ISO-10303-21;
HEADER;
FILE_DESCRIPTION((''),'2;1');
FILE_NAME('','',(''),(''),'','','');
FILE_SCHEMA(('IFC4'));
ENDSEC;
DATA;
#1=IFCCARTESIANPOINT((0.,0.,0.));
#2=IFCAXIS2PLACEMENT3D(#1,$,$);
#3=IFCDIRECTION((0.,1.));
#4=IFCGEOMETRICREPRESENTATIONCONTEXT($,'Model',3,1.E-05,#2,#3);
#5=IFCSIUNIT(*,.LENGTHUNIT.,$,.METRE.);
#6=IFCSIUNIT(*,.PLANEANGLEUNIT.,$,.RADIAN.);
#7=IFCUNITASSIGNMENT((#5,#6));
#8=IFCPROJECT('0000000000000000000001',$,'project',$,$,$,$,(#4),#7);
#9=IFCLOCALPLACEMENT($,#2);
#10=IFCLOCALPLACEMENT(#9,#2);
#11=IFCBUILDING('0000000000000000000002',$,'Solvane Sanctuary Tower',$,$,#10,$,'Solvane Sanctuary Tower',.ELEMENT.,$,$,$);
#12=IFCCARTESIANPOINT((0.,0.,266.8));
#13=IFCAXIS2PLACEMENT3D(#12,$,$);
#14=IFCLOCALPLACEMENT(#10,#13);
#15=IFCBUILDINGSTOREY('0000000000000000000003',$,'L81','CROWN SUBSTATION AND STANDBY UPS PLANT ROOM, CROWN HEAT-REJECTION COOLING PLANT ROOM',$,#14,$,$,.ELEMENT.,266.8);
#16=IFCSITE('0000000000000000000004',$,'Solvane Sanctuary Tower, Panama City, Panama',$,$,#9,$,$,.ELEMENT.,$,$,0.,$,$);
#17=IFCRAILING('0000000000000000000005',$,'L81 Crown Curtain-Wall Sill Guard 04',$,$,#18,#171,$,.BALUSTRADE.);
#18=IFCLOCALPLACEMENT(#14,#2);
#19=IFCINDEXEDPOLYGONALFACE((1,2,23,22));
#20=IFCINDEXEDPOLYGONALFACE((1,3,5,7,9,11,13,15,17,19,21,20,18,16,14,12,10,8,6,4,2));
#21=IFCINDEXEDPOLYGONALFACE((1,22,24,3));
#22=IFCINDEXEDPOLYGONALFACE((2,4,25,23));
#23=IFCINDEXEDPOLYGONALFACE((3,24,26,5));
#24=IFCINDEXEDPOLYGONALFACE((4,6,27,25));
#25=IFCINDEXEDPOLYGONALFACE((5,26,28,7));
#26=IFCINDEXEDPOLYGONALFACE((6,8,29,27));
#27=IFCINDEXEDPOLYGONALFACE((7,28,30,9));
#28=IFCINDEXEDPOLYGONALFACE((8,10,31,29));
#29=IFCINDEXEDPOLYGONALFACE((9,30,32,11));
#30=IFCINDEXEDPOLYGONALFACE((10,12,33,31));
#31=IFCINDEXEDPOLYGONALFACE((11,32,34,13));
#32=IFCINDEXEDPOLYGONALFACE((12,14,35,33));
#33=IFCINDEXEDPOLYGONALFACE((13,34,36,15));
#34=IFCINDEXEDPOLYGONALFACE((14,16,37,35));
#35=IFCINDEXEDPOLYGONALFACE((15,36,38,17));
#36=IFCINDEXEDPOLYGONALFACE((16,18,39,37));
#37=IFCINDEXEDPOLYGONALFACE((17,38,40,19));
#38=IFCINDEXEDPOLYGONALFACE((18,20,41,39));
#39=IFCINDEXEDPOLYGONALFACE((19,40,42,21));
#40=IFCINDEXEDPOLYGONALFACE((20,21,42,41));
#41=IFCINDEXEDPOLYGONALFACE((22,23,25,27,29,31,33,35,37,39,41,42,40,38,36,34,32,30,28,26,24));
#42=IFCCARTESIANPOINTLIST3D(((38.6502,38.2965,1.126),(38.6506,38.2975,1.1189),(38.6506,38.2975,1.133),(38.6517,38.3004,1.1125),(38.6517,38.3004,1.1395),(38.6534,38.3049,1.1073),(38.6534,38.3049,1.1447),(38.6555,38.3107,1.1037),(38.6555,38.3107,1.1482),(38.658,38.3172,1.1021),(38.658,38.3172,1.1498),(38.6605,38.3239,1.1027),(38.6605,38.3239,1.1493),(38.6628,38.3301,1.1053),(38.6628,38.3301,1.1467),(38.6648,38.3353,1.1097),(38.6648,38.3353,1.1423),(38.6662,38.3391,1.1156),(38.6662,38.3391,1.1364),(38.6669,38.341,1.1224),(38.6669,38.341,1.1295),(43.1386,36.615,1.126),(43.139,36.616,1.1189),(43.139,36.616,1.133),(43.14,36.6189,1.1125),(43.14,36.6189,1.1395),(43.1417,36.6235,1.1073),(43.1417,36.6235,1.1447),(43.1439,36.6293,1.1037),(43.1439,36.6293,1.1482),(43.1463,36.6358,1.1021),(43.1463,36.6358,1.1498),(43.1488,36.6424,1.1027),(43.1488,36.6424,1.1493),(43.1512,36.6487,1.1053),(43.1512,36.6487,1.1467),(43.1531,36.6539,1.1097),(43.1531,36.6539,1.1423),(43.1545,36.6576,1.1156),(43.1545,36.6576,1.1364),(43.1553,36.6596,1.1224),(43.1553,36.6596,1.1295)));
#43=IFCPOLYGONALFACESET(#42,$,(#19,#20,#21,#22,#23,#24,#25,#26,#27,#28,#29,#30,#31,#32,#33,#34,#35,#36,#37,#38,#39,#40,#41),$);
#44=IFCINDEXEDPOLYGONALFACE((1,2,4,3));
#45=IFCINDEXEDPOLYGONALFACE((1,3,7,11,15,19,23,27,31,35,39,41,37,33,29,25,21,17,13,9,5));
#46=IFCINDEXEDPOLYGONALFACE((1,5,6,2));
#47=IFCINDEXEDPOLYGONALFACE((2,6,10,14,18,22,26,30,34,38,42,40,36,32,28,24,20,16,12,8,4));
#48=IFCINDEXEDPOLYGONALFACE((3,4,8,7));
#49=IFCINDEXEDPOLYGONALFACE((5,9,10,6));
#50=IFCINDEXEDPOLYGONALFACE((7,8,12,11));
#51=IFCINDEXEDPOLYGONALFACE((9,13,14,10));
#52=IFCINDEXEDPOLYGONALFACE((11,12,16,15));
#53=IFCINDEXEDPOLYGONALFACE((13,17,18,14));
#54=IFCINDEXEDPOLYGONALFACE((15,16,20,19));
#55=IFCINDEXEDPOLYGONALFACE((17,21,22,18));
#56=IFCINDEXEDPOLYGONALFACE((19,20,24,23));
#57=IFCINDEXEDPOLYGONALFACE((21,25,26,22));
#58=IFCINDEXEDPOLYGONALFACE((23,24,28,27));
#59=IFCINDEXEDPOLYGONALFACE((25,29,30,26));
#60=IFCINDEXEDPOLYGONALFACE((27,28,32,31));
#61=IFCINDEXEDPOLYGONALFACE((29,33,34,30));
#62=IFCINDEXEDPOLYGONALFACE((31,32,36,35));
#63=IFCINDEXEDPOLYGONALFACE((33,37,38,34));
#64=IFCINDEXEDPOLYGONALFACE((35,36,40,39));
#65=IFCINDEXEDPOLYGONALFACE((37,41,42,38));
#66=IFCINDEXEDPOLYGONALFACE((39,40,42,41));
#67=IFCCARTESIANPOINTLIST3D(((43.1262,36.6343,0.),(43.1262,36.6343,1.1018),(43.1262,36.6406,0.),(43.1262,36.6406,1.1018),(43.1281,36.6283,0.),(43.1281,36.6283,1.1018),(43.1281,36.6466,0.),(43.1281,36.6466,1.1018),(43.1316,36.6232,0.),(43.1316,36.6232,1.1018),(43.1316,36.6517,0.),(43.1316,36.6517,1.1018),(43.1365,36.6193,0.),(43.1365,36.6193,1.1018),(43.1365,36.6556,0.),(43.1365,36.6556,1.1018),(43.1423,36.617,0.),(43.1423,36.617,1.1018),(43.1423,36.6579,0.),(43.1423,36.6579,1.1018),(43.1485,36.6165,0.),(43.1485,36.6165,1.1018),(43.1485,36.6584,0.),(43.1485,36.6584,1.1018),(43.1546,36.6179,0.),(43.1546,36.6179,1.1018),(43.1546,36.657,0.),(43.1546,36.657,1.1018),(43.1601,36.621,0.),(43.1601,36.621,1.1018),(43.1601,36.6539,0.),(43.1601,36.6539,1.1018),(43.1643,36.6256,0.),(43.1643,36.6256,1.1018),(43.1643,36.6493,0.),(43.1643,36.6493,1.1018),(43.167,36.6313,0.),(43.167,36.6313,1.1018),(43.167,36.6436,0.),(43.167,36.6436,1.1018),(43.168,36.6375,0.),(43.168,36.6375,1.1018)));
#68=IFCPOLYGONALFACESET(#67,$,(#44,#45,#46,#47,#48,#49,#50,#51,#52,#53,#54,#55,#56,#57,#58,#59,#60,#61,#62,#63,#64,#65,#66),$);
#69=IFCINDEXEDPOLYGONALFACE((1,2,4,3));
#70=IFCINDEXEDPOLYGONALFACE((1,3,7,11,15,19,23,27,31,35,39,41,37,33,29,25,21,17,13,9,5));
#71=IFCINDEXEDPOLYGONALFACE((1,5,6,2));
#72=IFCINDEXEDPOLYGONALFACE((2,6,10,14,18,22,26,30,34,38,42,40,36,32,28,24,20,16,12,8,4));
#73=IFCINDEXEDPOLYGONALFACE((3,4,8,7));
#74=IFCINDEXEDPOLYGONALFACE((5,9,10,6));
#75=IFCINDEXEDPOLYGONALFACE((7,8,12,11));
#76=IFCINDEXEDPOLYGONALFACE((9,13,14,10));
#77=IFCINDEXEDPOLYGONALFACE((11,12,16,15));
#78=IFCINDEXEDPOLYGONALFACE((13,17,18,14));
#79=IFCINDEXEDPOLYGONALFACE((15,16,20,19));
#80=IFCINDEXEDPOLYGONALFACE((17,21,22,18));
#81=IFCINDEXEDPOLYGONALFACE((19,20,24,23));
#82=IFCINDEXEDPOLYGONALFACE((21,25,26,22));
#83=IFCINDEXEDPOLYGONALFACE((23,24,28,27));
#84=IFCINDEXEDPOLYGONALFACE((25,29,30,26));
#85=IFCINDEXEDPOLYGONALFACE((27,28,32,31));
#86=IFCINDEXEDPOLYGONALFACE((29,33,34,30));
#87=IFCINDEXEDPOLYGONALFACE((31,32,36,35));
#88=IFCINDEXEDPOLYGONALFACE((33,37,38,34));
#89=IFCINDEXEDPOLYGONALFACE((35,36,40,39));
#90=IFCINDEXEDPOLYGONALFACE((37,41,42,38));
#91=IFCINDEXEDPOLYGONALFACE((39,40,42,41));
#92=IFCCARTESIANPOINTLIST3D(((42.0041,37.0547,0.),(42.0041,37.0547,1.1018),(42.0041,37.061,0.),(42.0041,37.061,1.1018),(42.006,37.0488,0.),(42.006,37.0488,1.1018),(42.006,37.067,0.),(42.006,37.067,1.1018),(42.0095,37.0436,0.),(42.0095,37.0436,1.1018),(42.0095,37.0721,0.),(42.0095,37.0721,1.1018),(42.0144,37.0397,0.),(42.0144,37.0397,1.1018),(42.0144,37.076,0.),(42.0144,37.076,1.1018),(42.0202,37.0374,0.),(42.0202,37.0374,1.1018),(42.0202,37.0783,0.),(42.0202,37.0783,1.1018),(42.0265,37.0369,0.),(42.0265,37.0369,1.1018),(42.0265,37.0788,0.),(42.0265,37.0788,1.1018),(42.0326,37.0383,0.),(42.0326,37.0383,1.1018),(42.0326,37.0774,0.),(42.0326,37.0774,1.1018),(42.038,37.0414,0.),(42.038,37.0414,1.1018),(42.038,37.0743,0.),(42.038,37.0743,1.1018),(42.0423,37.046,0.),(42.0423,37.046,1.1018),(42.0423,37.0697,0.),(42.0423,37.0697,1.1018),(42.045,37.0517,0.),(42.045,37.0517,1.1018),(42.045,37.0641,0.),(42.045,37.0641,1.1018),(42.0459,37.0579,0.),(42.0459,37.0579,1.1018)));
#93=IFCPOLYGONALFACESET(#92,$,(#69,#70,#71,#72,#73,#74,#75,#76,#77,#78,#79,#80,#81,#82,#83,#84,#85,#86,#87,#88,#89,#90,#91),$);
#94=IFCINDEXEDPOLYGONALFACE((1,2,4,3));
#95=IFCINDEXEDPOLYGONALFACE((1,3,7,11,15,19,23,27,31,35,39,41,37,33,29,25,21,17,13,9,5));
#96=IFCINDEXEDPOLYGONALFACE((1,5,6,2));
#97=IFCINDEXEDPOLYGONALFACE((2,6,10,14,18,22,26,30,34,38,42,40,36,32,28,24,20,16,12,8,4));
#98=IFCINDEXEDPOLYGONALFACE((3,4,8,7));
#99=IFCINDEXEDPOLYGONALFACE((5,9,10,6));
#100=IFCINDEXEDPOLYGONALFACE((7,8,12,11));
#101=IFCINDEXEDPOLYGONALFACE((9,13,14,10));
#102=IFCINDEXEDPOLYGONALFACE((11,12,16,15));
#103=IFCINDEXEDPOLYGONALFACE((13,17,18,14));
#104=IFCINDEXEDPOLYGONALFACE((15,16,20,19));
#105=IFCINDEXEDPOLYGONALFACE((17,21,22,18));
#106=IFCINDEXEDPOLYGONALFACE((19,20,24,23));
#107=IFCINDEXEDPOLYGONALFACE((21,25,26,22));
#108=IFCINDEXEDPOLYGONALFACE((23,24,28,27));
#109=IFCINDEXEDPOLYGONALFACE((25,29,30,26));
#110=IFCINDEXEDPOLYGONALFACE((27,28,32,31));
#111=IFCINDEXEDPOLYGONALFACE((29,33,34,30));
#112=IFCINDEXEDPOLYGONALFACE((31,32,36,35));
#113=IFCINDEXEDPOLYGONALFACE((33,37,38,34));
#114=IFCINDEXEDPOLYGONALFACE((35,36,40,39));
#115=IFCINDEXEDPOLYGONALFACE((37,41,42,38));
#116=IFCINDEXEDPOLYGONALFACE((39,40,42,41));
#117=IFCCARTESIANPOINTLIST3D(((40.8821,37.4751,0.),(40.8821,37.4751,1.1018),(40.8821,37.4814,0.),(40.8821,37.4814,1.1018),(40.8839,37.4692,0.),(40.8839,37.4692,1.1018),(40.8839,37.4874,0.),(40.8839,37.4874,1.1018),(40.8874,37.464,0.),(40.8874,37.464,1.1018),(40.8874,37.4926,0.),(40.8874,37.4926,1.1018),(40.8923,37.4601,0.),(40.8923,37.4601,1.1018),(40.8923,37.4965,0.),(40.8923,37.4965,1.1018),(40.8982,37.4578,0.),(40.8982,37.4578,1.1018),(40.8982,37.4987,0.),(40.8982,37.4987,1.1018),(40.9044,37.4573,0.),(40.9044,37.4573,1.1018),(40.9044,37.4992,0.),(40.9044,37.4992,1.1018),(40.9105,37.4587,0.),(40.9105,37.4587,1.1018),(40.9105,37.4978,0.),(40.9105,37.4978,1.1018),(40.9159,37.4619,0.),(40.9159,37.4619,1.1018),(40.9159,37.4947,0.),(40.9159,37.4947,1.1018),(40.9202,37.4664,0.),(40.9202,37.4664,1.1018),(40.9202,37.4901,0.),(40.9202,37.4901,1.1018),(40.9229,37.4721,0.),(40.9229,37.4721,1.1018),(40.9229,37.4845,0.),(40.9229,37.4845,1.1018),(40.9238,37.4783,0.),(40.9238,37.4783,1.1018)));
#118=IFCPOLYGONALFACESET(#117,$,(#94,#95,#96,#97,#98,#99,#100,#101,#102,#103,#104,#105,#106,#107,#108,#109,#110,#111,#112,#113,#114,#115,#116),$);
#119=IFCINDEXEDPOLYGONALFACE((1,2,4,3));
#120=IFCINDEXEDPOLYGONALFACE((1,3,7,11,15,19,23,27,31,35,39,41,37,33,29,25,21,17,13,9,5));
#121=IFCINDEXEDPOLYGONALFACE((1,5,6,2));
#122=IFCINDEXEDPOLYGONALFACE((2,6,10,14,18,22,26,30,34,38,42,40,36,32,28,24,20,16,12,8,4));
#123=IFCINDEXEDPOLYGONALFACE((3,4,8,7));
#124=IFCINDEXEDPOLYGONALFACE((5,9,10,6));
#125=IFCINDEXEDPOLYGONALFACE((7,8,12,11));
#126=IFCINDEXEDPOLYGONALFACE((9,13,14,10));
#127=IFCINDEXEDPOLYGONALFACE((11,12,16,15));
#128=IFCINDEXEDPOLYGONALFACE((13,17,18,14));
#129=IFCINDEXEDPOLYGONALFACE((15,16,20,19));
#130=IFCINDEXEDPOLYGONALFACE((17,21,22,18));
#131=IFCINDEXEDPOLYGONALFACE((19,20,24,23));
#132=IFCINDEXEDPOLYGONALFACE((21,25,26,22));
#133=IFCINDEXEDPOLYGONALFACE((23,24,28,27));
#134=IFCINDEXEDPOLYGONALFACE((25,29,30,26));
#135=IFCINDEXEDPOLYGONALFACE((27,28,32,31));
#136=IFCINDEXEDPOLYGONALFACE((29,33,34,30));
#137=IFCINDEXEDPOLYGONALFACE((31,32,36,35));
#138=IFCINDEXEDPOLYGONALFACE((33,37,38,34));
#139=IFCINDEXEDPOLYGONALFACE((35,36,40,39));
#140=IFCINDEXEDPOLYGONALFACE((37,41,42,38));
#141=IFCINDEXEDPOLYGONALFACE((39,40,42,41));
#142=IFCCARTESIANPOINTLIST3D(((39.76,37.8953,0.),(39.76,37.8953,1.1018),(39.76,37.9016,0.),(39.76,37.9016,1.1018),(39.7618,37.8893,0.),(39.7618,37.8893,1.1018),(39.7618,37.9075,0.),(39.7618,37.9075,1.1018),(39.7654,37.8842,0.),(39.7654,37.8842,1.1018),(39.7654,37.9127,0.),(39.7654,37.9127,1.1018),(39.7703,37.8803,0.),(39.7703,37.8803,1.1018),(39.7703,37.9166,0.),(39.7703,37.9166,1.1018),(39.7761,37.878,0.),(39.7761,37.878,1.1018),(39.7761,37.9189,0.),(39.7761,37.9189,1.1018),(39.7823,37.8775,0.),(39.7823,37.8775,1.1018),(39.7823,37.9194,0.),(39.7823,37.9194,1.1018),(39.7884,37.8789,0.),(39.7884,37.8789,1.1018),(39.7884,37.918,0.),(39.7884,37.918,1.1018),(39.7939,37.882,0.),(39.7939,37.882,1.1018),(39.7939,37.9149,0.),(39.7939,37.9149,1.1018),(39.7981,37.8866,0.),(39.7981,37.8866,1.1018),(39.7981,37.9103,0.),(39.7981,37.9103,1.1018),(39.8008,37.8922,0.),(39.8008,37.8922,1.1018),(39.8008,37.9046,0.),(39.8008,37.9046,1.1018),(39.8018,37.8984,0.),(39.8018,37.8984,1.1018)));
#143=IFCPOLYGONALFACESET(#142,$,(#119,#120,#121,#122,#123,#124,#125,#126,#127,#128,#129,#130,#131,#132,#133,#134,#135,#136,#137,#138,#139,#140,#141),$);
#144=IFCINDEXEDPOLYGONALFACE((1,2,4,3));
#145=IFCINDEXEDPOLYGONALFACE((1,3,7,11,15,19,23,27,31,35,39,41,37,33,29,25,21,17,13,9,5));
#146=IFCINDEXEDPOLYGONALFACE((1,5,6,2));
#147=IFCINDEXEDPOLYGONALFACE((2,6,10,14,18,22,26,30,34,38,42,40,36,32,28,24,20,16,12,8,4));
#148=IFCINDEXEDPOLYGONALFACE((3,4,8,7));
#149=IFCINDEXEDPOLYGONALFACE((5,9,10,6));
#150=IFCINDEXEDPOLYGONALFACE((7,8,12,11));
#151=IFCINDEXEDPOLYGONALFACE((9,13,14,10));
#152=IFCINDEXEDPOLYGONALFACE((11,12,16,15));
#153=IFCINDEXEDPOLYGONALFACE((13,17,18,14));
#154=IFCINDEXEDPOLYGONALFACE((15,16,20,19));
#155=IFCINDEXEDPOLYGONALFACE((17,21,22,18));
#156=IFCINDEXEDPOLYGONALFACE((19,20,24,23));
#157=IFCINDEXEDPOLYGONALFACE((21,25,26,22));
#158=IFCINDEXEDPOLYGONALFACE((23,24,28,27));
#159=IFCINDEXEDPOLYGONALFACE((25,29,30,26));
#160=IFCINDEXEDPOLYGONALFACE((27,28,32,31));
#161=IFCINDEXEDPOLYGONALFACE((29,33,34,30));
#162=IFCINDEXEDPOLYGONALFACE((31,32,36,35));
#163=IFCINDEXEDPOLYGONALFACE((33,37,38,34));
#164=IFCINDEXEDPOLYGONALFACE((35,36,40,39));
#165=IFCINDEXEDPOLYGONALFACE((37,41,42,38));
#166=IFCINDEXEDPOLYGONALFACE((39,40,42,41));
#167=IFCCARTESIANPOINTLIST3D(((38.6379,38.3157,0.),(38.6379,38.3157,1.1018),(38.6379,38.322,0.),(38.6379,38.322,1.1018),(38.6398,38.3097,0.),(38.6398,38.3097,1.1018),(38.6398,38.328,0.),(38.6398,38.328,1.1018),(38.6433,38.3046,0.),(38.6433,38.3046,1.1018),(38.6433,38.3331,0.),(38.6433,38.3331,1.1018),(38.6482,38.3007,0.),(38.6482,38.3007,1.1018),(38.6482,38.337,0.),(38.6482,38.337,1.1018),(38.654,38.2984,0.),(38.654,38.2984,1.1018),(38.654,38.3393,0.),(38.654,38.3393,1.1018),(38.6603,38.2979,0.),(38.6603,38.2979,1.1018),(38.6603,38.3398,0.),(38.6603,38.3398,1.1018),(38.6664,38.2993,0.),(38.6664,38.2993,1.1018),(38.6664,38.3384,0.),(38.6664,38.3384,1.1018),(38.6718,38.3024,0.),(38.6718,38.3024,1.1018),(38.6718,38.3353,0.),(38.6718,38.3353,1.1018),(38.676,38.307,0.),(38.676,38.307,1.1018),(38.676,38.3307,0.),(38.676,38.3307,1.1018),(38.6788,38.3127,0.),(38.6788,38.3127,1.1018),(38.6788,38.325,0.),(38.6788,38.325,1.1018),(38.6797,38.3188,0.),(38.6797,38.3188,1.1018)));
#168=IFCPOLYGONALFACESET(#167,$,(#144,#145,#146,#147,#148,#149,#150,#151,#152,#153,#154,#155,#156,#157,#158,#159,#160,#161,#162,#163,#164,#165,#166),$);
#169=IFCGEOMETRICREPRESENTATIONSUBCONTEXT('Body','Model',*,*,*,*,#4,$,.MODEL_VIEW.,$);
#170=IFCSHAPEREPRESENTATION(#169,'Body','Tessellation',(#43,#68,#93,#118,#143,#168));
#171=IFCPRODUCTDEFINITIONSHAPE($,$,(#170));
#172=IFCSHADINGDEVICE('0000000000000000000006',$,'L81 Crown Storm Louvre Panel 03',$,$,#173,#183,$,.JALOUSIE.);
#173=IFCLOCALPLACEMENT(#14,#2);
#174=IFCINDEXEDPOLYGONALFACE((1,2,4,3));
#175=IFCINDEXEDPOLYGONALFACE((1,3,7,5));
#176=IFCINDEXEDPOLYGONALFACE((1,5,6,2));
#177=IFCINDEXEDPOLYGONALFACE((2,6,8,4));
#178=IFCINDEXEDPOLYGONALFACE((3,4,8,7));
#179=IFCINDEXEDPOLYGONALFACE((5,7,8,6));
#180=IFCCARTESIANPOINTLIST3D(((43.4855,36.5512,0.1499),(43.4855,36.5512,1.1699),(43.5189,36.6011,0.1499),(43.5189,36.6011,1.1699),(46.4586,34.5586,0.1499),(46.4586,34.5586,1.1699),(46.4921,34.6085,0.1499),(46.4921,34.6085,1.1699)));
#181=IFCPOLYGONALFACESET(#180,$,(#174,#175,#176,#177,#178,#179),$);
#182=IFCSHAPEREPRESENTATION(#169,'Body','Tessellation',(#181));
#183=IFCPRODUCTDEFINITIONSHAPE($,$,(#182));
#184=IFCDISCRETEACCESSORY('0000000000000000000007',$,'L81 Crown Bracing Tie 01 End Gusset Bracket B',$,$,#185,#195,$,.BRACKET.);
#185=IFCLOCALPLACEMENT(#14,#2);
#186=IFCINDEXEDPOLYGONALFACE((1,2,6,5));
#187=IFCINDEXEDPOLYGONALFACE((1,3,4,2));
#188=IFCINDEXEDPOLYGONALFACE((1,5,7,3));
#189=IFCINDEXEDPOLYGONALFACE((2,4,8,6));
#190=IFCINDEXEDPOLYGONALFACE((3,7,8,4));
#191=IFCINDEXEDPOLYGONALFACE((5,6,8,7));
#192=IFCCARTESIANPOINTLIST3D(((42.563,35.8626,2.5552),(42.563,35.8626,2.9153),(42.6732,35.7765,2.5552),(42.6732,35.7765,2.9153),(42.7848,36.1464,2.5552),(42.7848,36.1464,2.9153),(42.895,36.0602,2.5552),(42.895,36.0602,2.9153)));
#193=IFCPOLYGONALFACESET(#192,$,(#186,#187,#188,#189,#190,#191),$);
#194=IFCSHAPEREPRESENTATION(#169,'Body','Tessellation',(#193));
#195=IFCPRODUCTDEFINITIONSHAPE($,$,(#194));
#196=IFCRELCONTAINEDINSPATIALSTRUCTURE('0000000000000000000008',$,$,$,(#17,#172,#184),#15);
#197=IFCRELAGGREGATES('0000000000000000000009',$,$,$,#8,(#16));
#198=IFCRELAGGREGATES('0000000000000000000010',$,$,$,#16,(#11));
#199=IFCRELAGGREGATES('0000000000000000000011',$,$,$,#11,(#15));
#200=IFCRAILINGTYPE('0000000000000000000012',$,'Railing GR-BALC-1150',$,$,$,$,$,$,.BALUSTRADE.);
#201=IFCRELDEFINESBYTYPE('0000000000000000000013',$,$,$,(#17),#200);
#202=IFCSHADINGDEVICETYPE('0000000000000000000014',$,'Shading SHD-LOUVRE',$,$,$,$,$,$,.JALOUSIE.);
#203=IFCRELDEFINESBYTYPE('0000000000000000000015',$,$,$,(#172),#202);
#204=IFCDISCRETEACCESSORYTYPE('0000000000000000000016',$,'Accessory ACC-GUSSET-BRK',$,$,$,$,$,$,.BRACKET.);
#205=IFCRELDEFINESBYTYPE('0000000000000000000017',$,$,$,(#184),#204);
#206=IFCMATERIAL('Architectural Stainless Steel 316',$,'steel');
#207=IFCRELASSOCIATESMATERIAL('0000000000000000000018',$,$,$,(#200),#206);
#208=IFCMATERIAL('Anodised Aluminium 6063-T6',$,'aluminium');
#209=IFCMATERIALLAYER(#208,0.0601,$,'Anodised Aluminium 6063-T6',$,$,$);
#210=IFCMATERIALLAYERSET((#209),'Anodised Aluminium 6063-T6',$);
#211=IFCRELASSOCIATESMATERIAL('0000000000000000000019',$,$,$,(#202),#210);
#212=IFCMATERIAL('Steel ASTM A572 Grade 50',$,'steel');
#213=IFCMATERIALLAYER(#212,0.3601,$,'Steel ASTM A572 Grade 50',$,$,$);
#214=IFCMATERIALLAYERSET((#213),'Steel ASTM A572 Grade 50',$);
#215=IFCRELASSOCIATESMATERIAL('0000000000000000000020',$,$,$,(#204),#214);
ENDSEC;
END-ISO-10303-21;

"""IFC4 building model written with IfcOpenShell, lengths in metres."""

from ifc_helpers import new_model, si_unit, direction, frame, origin, origin_2d, place, context, subcontext, project, spatial, rectangle, circle, extrude, material, layer, layer_set, type_object, element, save


model = new_model("IFC4")

# Units and contexts
model_context = context("Model", 3, precision=1e-05, world=origin(), true_north=direction((0.0, 1.0)))
body_context = subcontext(model_context, "Body", "Model", "MODEL_VIEW")
ifc_project = project(units=[si_unit("LENGTHUNIT", "METRE"), si_unit("PLANEANGLEUNIT", "RADIAN")], contexts=[model_context])

# Site, building, storey
site_placement = place(None, origin())
site = spatial("IfcSite", under=ifc_project, at=site_placement, Name="Solvane Sanctuary Tower, Panama City, Panama", CompositionType="ELEMENT", RefElevation=0.0)
building_placement = place(site_placement, origin())
building = spatial("IfcBuilding", under=site, at=building_placement, Name="Solvane Sanctuary Tower", LongName="Solvane Sanctuary Tower", CompositionType="ELEMENT")
storey_placement = place(building_placement, frame((0.0, 0.0, 266.8)))
storey = spatial("IfcBuildingStorey", under=building, at=storey_placement, Name="L81", Description="CROWN SUBSTATION AND STANDBY UPS PLANT ROOM, CROWN HEAT-REJECTION COOLING PLANT ROOM", CompositionType="ELEMENT", Elevation=266.8)

# Shared definitions
ifc_material_1 = material(Name="Anodised Aluminium 6063-T6", Category="aluminium")

# Railing
ifc_material_2 = material(Name="Architectural Stainless Steel 316", Category="steel")
railing_type = type_object("IfcRailingType", Name="Railing GR-BALC-1150", PredefinedType="BALUSTRADE", material=ifc_material_2)
railing_1_placement = place(storey_placement, frame((43.147, 36.6375, 0.0)))
element("IfcRailing", 1, at=railing_1_placement, inside=storey, type_object=railing_type, Name="L81 Crown Curtain-Wall Sill Guard 04", PredefinedType="BALUSTRADE", context=body_context, shape_type="SweptSolid", body=[
    extrude(circle(Radius=0.0239, at=origin_2d()), frame((0.0, 0.0, 1.126), z_axis=(-0.936446, 0.350811, 0.0), x_axis=(-0.350811, -0.936446, 0.0)), (0.0, 0.0, 1.0), 4.793),
    extrude(circle(Radius=0.021, at=origin_2d()), origin(), (0.0, 0.0, 1.0), 1.1018),
    extrude(circle(Radius=0.021, at=origin_2d()), frame((-1.1221, 0.4204, 0.0)), (0.0, 0.0, 1.0), 1.1018),
    extrude(circle(Radius=0.021, at=origin_2d()), frame((-2.2441, 0.8408, 0.0)), (0.0, 0.0, 1.0), 1.1018),
    extrude(circle(Radius=0.021, at=origin_2d()), frame((-3.3662, 1.261, 0.0)), (0.0, 0.0, 1.0), 1.1018),
    extrude(circle(Radius=0.021, at=origin_2d()), frame((-4.4883, 1.6814, 0.0)), (0.0, 0.0, 1.0), 1.1018),
])

# Shading device
ifc_layer_1 = layer(ifc_material_1, 0.0601, Name="Anodised Aluminium 6063-T6")
ifc_layer_set_1 = layer_set([ifc_layer_1], Name="Anodised Aluminium 6063-T6")
shading_device_type = type_object("IfcShadingDeviceType", Name="Shading SHD-LOUVRE", PredefinedType="JALOUSIE", material=ifc_layer_set_1)
shading_device_placement = place(storey_placement, frame((44.9888, 35.5798, 0.1499), z_axis=(0.0, 0.0, 1.0), x_axis=(-0.830701, 0.556719, 0.0)))
element("IfcShadingDevice", 2, at=shading_device_placement, inside=storey, type_object=shading_device_type, Name="L81 Crown Storm Louvre Panel 03", PredefinedType="JALOUSIE", context=body_context, shape_type="SweptSolid", body=[
    extrude(rectangle(XDim=3.5791, YDim=0.0601, at=origin_2d()), origin(), (0.0, 0.0, 1.0), 1.02),
])

# Discrete accessory
ifc_material_3 = material(Name="Steel ASTM A572 Grade 50", Category="steel")
ifc_layer_2 = layer(ifc_material_3, 0.3601, Name="Steel ASTM A572 Grade 50")
ifc_layer_set_2 = layer_set([ifc_layer_2], Name="Steel ASTM A572 Grade 50")
discrete_accessory_type = type_object("IfcDiscreteAccessoryType", Name="Accessory ACC-GUSSET-BRK", PredefinedType="BRACKET", material=ifc_layer_set_2)
discrete_accessory_placement = place(storey_placement, frame((42.729, 35.9614, 2.5552), z_axis=(0.0, 0.0, 1.0), x_axis=(0.615799, 0.787903, 0.0)))
element("IfcDiscreteAccessory", 3, at=discrete_accessory_placement, inside=storey, type_object=discrete_accessory_type, Name="L81 Crown Bracing Tie 01 End Gusset Bracket B", PredefinedType="BRACKET", context=body_context, shape_type="SweptSolid", body=[
    extrude(rectangle(XDim=0.3601, YDim=0.1399, at=origin_2d()), origin(), (0.0, 0.0, 1.0), 0.3601),
])

save(model, "model.ifc")
